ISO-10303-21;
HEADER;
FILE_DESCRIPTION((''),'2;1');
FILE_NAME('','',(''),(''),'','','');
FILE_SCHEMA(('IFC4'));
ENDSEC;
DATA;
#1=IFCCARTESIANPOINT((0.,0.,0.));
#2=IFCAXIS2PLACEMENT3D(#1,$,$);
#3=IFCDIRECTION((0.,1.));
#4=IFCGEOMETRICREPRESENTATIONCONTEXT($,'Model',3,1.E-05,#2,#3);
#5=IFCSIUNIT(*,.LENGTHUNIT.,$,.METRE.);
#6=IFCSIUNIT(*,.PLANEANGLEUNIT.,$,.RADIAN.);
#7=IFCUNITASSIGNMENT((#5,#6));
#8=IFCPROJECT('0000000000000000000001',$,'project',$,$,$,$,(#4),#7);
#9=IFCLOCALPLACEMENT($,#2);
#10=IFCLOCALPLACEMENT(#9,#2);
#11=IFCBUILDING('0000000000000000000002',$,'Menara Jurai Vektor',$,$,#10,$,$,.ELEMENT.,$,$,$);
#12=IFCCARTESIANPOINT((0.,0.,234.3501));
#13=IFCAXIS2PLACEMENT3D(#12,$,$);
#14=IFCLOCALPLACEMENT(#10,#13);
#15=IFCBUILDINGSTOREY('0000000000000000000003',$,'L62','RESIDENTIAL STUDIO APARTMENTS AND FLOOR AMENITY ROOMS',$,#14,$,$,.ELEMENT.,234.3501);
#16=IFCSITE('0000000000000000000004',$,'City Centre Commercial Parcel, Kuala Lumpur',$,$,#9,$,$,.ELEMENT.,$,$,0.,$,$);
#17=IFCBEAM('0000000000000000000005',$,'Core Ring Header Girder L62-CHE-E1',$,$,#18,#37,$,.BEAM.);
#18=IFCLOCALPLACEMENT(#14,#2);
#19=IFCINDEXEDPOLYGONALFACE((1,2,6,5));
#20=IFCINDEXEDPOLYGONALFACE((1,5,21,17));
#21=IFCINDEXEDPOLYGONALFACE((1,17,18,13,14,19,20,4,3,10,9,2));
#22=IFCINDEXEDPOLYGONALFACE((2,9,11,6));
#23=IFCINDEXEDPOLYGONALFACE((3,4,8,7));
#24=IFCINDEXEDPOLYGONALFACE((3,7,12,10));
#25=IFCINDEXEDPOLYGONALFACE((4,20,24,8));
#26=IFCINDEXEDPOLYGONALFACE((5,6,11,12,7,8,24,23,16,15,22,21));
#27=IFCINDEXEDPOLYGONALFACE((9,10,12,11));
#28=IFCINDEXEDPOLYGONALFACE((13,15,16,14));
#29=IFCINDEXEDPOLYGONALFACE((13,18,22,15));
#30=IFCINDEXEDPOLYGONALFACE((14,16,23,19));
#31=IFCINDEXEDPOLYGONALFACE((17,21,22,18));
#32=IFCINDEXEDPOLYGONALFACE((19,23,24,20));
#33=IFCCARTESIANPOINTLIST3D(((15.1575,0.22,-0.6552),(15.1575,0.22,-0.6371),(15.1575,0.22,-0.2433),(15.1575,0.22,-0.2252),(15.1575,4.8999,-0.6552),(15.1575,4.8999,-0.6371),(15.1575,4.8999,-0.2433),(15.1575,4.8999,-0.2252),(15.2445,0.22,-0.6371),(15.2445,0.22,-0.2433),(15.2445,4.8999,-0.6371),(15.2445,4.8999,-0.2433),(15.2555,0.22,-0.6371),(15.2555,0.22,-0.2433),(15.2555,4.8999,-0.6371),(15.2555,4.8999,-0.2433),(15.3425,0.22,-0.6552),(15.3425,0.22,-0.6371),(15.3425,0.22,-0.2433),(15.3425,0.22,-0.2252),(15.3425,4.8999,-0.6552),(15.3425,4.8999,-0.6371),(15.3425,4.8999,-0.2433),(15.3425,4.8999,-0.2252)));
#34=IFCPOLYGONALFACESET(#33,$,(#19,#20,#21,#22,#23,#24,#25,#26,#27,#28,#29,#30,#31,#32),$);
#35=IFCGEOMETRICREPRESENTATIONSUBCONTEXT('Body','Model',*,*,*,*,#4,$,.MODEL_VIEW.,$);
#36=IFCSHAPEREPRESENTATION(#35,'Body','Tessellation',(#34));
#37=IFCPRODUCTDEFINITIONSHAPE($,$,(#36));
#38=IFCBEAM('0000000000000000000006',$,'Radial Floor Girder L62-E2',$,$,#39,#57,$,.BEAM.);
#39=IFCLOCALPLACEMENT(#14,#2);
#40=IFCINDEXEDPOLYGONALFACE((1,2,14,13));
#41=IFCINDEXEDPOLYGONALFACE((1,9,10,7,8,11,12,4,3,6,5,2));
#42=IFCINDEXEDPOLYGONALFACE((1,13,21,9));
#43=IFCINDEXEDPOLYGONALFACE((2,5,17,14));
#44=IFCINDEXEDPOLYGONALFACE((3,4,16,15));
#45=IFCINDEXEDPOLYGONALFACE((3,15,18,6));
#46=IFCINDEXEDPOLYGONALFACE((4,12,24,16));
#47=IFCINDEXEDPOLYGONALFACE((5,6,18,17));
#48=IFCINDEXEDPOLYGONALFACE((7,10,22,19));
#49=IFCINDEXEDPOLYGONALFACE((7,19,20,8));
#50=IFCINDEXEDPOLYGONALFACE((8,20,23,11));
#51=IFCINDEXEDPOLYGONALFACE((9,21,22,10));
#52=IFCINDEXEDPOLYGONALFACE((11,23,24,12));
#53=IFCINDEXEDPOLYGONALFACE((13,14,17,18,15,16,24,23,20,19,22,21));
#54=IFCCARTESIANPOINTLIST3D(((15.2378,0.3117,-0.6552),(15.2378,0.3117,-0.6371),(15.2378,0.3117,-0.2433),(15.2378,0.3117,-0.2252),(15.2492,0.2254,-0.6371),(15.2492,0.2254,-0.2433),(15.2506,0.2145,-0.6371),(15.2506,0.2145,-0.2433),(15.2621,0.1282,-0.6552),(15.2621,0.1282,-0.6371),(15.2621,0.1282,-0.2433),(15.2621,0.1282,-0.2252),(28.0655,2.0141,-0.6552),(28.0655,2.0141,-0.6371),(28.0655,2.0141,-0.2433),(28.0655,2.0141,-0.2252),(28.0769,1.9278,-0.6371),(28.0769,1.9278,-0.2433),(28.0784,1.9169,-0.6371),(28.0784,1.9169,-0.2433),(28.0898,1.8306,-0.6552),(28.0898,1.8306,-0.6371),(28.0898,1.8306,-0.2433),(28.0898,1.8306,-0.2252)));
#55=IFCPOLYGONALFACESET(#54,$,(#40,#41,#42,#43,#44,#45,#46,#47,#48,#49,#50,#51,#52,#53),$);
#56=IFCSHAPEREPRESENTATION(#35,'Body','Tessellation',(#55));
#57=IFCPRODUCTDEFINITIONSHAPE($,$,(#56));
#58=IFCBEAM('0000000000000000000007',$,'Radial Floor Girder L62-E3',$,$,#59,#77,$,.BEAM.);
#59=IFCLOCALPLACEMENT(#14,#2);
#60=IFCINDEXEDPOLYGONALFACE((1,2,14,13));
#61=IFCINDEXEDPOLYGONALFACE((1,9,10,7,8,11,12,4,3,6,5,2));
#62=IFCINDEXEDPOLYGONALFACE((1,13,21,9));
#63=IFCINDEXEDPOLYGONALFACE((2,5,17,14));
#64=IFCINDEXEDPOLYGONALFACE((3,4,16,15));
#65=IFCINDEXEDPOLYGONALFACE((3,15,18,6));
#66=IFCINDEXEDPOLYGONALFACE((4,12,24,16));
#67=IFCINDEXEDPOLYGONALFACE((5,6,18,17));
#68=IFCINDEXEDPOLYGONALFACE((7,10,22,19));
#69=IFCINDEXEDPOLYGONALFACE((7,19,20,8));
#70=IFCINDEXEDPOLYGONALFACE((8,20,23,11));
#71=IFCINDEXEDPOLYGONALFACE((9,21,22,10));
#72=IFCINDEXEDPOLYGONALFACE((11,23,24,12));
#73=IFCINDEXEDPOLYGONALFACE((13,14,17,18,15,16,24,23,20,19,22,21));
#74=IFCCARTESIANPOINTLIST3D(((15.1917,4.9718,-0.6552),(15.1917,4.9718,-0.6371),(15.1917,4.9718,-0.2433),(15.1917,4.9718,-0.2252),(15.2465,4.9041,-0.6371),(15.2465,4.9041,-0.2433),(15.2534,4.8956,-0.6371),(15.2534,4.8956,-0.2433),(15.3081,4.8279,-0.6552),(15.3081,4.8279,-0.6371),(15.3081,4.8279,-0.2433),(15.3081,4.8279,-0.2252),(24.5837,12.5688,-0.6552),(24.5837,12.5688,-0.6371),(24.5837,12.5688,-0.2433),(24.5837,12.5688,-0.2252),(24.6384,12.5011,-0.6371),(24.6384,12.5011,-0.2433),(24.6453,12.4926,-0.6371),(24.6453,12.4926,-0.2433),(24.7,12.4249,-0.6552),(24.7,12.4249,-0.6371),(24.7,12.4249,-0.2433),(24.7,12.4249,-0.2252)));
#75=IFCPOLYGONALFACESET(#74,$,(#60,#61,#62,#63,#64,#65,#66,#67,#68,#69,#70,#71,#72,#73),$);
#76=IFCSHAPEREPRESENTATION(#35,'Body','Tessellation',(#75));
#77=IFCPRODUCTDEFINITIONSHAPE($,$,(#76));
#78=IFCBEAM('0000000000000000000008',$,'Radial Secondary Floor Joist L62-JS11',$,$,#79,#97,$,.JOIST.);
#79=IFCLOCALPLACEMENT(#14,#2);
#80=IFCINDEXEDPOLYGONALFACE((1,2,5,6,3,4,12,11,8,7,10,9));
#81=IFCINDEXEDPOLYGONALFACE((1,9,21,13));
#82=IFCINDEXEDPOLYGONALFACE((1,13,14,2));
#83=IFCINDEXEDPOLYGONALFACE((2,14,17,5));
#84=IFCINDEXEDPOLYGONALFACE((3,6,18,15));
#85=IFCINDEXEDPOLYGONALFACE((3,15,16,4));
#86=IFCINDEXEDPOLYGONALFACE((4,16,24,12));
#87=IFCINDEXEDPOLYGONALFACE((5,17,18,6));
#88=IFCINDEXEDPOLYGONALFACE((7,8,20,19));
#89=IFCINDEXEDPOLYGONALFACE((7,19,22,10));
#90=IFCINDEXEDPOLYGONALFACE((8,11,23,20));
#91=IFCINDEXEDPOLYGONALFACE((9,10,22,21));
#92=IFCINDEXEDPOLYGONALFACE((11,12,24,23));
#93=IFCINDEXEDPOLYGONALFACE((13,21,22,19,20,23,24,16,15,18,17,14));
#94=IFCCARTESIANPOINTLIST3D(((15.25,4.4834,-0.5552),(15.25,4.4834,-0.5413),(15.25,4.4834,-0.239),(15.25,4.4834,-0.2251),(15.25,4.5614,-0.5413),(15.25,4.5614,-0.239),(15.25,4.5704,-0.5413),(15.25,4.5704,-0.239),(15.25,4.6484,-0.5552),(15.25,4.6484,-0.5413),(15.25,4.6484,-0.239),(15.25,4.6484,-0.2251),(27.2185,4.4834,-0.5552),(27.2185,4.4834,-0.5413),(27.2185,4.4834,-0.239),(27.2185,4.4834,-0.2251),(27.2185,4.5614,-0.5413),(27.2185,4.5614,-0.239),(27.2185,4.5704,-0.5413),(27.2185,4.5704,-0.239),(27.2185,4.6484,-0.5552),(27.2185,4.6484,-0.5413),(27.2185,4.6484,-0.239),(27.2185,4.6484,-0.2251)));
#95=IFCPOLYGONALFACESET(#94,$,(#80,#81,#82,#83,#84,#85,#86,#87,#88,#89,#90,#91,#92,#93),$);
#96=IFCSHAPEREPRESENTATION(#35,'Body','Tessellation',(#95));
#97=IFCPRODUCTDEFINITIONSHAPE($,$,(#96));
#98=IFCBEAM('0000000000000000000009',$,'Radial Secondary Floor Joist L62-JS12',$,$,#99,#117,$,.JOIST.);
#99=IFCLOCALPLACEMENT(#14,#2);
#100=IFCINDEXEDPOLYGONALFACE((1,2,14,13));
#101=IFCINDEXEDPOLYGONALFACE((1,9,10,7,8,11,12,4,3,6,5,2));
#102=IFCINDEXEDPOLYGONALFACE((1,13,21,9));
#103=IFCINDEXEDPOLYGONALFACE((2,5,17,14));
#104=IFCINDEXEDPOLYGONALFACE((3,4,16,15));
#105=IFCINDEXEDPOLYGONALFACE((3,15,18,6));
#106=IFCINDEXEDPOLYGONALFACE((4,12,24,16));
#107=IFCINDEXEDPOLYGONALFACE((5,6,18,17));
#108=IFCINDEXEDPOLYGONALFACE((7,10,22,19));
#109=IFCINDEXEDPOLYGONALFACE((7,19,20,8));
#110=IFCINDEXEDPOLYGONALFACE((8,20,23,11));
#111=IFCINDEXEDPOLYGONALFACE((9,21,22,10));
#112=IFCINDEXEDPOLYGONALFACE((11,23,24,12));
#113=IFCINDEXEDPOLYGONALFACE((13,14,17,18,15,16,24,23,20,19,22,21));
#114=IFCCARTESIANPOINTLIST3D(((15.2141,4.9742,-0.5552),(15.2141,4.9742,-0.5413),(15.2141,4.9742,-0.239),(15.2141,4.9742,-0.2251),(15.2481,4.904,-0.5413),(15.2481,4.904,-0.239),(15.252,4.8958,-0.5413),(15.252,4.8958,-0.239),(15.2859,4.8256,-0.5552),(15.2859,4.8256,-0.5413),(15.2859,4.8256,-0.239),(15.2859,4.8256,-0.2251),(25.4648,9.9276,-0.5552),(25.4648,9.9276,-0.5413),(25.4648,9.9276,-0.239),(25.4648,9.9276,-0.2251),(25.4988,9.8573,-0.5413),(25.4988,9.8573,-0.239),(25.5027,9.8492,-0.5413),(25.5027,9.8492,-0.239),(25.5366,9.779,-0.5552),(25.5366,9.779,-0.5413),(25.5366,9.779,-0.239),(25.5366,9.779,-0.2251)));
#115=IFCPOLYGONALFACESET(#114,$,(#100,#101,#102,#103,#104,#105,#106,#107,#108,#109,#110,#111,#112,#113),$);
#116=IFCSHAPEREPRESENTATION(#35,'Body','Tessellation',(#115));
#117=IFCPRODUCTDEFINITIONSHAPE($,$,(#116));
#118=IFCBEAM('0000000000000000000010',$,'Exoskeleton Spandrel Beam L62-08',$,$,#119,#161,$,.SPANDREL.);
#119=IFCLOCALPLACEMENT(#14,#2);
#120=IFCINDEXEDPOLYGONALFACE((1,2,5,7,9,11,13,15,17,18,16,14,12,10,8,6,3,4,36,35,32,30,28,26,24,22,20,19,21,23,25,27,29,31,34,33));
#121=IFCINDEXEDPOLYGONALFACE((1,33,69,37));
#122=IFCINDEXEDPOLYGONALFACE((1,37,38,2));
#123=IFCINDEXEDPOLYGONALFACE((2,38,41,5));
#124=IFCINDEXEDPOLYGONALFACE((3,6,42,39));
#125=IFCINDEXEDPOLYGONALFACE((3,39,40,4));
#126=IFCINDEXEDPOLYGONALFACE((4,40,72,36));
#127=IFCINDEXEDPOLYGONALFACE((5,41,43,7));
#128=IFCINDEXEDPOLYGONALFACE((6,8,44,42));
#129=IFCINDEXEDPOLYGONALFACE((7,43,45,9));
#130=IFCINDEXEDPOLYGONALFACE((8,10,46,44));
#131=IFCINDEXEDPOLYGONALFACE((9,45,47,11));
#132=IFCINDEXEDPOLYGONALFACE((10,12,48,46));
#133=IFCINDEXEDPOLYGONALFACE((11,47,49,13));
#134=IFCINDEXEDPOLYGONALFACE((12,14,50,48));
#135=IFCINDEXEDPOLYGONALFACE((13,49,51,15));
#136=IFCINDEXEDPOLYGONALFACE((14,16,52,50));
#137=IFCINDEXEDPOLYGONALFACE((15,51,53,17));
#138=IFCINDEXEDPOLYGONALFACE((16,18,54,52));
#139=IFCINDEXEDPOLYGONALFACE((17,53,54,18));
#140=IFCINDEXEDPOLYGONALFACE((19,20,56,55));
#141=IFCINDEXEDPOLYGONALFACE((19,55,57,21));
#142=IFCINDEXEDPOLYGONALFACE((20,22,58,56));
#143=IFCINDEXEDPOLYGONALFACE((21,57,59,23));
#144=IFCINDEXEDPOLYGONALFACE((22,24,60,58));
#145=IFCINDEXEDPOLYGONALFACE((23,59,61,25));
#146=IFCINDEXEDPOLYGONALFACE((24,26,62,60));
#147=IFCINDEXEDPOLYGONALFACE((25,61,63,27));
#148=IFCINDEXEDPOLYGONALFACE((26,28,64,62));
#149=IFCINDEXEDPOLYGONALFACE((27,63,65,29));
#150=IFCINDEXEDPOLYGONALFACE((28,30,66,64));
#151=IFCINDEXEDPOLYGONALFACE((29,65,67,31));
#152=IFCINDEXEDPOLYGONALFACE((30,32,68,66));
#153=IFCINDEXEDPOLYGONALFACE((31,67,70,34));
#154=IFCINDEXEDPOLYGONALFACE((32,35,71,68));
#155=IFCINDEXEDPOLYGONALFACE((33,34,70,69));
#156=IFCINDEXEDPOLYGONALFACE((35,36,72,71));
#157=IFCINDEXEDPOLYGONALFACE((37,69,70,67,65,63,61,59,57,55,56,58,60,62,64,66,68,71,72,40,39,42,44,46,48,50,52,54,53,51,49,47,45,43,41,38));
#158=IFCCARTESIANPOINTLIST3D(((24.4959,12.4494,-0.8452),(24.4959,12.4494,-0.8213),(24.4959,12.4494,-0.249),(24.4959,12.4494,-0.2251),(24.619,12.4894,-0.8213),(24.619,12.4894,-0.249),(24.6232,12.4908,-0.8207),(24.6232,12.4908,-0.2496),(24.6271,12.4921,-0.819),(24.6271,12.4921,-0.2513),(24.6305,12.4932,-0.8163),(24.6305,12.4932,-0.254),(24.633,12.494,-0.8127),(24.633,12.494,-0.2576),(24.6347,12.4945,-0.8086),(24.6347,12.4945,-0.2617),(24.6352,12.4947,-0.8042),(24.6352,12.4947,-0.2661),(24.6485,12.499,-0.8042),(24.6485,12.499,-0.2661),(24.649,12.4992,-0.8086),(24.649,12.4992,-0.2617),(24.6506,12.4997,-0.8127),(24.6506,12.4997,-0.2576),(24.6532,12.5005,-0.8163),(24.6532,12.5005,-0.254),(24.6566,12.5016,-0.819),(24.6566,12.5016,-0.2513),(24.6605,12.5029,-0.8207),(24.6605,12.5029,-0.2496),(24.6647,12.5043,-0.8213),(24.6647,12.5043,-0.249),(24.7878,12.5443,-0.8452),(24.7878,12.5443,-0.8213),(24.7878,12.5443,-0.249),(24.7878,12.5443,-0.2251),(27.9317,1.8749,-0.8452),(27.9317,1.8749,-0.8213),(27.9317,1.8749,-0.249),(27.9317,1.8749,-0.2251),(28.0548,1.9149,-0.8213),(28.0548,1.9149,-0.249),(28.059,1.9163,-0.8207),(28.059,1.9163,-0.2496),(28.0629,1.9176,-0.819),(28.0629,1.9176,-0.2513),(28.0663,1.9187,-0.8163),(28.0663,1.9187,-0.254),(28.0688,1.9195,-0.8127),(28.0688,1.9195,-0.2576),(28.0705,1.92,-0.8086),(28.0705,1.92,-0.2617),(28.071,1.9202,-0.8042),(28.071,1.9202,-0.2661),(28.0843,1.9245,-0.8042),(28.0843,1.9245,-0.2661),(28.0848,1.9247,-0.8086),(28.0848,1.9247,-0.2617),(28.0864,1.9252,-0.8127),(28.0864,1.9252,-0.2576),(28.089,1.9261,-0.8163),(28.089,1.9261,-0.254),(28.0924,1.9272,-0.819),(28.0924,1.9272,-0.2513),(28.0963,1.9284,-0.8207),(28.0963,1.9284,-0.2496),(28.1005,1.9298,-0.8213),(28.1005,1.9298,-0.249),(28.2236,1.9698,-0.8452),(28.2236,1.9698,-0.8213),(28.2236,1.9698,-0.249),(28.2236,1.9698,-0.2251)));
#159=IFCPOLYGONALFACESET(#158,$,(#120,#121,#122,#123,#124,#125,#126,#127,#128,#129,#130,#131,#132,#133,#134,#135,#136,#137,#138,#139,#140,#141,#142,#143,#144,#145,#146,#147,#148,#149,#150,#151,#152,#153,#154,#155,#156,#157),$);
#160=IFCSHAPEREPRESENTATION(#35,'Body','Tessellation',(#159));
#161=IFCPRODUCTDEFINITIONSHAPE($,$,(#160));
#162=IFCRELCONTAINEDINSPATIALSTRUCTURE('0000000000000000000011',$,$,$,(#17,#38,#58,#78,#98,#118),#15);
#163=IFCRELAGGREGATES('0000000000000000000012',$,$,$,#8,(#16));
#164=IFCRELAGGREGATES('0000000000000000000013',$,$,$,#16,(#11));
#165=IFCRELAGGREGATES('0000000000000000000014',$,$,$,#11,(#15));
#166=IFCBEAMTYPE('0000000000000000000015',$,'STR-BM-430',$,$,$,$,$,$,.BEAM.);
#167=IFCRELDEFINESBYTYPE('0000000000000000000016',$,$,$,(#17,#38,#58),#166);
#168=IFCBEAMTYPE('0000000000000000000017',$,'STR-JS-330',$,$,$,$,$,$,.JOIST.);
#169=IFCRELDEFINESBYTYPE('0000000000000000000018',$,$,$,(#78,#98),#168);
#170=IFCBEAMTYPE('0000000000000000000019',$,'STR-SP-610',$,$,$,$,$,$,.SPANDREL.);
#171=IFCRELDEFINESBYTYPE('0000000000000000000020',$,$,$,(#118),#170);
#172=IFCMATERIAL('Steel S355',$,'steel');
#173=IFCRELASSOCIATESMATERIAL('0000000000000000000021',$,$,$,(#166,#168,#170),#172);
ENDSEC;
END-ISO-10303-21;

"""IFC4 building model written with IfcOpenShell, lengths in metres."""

from ifc_helpers import new_model, si_unit, direction, frame, origin, origin_2d, place, context, subcontext, project, spatial, i_section, extrude, material, material_profile, profile_set, type_object, element, save


model = new_model("IFC4")

# Units and contexts
model_context = context("Model", 3, precision=1e-05, world=origin(), true_north=direction((0.0, 1.0)))
body_context = subcontext(model_context, "Body", "Model", "MODEL_VIEW")
ifc_project = project(units=[si_unit("LENGTHUNIT", "METRE"), si_unit("PLANEANGLEUNIT", "RADIAN")], contexts=[model_context])

# Site, building, storey
site_placement = place(None, origin())
site = spatial("IfcSite", under=ifc_project, at=site_placement, Name="City Centre Commercial Parcel, Kuala Lumpur", CompositionType="ELEMENT", RefElevation=0.0)
building_placement = place(site_placement, origin())
building = spatial("IfcBuilding", under=site, at=building_placement, Name="Menara Jurai Vektor", CompositionType="ELEMENT")
storey_placement = place(building_placement, frame((0.0, 0.0, 234.3501)))
storey = spatial("IfcBuildingStorey", under=building, at=storey_placement, Name="L62", Description="RESIDENTIAL STUDIO APARTMENTS AND FLOOR AMENITY ROOMS", CompositionType="ELEMENT", Elevation=234.3501)

# Beams
ifc_material_1 = material(Name="Steel S355", Category="steel")
ifc_material_profile_1 = material_profile(ifc_material_1, i_section(OverallWidth=0.1851, OverallDepth=0.4299, WebThickness=0.011, FlangeThickness=0.0181, at=origin_2d()), Name="PG 430x185x76")
ifc_profile_set_1 = profile_set([ifc_material_profile_1], Name="Steel S355")
beam_type_1 = type_object("IfcBeamType", Name="STR-BM-430", PredefinedType="BEAM", material=ifc_profile_set_1)
beam_1_placement = place(storey_placement, frame((15.25, 0.22, -0.4402), z_axis=(0.0, 1.0, 0.0), x_axis=(-1.0, 0.0, 0.0)))
element("IfcBeam", 1, at=beam_1_placement, inside=storey, type_object=beam_type_1, Name="Core Ring Header Girder L62-CHE-E1", PredefinedType="BEAM", context=body_context, shape_type="SweptSolid", body=[
    extrude(i_section(OverallWidth=0.1851, OverallDepth=0.4299, WebThickness=0.011, FlangeThickness=0.0181, at=origin_2d()), origin(), (0.0, 0.0, 1.0), 4.6799),
])
beam_2_placement = place(storey_placement, frame((28.0776, 1.9224, -0.4402), z_axis=(-0.991308, -0.131559, 0.0), x_axis=(0.131559, -0.991308, 0.0)))
element("IfcBeam", 2, at=beam_2_placement, inside=storey, type_object=beam_type_1, Name="Radial Floor Girder L62-E2", PredefinedType="BEAM", context=body_context, shape_type="SweptSolid", body=[
    extrude(i_section(OverallWidth=0.1851, OverallDepth=0.4299, WebThickness=0.011, FlangeThickness=0.0181, at=origin_2d()), origin(), (0.0, 0.0, 1.0), 12.9402),
])
beam_3_placement = place(storey_placement, frame((24.6418, 12.4968, -0.4402), z_axis=(-0.777488, -0.628898, 0.0), x_axis=(0.628898, -0.777488, 0.0)))
element("IfcBeam", 3, at=beam_3_placement, inside=storey, type_object=beam_type_1, Name="Radial Floor Girder L62-E3", PredefinedType="BEAM", context=body_context, shape_type="SweptSolid", body=[
    extrude(i_section(OverallWidth=0.1851, OverallDepth=0.4299, WebThickness=0.011, FlangeThickness=0.0181, at=origin_2d()), origin(), (0.0, 0.0, 1.0), 12.0798),
])
ifc_material_profile_2 = material_profile(ifc_material_1, i_section(OverallWidth=0.165, OverallDepth=0.3301, WebThickness=0.009, FlangeThickness=0.0139, at=origin_2d()), Name="PG 330x165x46")
ifc_profile_set_2 = profile_set([ifc_material_profile_2], Name="Steel S355")
beam_type_2 = type_object("IfcBeamType", Name="STR-JS-330", PredefinedType="JOIST", material=ifc_profile_set_2)
beam_4_placement = place(storey_placement, frame((27.2185, 4.5659, -0.3901), z_axis=(-1.0, 0.0, 0.0), x_axis=(0.0, -1.0, 0.0)))
element("IfcBeam", 4, at=beam_4_placement, inside=storey, type_object=beam_type_2, Name="Radial Secondary Floor Joist L62-JS11", PredefinedType="JOIST", context=body_context, shape_type="SweptSolid", body=[
    extrude(i_section(OverallWidth=0.165, OverallDepth=0.3301, WebThickness=0.009, FlangeThickness=0.0139, at=origin_2d()), origin(), (0.0, 0.0, 1.0), 11.9685),
])
beam_5_placement = place(storey_placement, frame((25.5007, 9.8533, -0.3901), z_axis=(-0.900389, -0.435087, 0.0), x_axis=(0.435087, -0.900389, 0.0)))
element("IfcBeam", 5, at=beam_5_placement, inside=storey, type_object=beam_type_2, Name="Radial Secondary Floor Joist L62-JS12", PredefinedType="JOIST", context=body_context, shape_type="SweptSolid", body=[
    extrude(i_section(OverallWidth=0.165, OverallDepth=0.3301, WebThickness=0.009, FlangeThickness=0.0139, at=origin_2d()), origin(), (0.0, 0.0, 1.0), 11.3848),
])
ifc_material_profile_3 = material_profile(ifc_material_1, i_section(OverallWidth=0.3069, OverallDepth=0.6201, WebThickness=0.0139, FlangeThickness=0.0239, FilletRadius=0.0171, at=origin_2d()), Name="UKB 610x305x179")
ifc_profile_set_3 = profile_set([ifc_material_profile_3], Name="Steel S355")
beam_type_3 = type_object("IfcBeamType", Name="STR-SP-610", PredefinedType="SPANDREL", material=ifc_profile_set_3)
beam_6_placement = place(storey_placement, frame((28.0776, 1.9224, -0.5352), z_axis=(-0.309012, 0.951058, 0.0), x_axis=(-0.951058, -0.309012, 0.0)))
element("IfcBeam", 6, at=beam_6_placement, inside=storey, type_object=beam_type_3, Name="Exoskeleton Spandrel Beam L62-08", PredefinedType="SPANDREL", context=body_context, shape_type="SweptSolid", body=[
    extrude(i_section(OverallWidth=0.3069, OverallDepth=0.6201, WebThickness=0.0139, FlangeThickness=0.0239, FilletRadius=0.0171, at=origin_2d()), origin(), (0.0, 0.0, 1.0), 11.1187),
])

save(model, "model.ifc")
